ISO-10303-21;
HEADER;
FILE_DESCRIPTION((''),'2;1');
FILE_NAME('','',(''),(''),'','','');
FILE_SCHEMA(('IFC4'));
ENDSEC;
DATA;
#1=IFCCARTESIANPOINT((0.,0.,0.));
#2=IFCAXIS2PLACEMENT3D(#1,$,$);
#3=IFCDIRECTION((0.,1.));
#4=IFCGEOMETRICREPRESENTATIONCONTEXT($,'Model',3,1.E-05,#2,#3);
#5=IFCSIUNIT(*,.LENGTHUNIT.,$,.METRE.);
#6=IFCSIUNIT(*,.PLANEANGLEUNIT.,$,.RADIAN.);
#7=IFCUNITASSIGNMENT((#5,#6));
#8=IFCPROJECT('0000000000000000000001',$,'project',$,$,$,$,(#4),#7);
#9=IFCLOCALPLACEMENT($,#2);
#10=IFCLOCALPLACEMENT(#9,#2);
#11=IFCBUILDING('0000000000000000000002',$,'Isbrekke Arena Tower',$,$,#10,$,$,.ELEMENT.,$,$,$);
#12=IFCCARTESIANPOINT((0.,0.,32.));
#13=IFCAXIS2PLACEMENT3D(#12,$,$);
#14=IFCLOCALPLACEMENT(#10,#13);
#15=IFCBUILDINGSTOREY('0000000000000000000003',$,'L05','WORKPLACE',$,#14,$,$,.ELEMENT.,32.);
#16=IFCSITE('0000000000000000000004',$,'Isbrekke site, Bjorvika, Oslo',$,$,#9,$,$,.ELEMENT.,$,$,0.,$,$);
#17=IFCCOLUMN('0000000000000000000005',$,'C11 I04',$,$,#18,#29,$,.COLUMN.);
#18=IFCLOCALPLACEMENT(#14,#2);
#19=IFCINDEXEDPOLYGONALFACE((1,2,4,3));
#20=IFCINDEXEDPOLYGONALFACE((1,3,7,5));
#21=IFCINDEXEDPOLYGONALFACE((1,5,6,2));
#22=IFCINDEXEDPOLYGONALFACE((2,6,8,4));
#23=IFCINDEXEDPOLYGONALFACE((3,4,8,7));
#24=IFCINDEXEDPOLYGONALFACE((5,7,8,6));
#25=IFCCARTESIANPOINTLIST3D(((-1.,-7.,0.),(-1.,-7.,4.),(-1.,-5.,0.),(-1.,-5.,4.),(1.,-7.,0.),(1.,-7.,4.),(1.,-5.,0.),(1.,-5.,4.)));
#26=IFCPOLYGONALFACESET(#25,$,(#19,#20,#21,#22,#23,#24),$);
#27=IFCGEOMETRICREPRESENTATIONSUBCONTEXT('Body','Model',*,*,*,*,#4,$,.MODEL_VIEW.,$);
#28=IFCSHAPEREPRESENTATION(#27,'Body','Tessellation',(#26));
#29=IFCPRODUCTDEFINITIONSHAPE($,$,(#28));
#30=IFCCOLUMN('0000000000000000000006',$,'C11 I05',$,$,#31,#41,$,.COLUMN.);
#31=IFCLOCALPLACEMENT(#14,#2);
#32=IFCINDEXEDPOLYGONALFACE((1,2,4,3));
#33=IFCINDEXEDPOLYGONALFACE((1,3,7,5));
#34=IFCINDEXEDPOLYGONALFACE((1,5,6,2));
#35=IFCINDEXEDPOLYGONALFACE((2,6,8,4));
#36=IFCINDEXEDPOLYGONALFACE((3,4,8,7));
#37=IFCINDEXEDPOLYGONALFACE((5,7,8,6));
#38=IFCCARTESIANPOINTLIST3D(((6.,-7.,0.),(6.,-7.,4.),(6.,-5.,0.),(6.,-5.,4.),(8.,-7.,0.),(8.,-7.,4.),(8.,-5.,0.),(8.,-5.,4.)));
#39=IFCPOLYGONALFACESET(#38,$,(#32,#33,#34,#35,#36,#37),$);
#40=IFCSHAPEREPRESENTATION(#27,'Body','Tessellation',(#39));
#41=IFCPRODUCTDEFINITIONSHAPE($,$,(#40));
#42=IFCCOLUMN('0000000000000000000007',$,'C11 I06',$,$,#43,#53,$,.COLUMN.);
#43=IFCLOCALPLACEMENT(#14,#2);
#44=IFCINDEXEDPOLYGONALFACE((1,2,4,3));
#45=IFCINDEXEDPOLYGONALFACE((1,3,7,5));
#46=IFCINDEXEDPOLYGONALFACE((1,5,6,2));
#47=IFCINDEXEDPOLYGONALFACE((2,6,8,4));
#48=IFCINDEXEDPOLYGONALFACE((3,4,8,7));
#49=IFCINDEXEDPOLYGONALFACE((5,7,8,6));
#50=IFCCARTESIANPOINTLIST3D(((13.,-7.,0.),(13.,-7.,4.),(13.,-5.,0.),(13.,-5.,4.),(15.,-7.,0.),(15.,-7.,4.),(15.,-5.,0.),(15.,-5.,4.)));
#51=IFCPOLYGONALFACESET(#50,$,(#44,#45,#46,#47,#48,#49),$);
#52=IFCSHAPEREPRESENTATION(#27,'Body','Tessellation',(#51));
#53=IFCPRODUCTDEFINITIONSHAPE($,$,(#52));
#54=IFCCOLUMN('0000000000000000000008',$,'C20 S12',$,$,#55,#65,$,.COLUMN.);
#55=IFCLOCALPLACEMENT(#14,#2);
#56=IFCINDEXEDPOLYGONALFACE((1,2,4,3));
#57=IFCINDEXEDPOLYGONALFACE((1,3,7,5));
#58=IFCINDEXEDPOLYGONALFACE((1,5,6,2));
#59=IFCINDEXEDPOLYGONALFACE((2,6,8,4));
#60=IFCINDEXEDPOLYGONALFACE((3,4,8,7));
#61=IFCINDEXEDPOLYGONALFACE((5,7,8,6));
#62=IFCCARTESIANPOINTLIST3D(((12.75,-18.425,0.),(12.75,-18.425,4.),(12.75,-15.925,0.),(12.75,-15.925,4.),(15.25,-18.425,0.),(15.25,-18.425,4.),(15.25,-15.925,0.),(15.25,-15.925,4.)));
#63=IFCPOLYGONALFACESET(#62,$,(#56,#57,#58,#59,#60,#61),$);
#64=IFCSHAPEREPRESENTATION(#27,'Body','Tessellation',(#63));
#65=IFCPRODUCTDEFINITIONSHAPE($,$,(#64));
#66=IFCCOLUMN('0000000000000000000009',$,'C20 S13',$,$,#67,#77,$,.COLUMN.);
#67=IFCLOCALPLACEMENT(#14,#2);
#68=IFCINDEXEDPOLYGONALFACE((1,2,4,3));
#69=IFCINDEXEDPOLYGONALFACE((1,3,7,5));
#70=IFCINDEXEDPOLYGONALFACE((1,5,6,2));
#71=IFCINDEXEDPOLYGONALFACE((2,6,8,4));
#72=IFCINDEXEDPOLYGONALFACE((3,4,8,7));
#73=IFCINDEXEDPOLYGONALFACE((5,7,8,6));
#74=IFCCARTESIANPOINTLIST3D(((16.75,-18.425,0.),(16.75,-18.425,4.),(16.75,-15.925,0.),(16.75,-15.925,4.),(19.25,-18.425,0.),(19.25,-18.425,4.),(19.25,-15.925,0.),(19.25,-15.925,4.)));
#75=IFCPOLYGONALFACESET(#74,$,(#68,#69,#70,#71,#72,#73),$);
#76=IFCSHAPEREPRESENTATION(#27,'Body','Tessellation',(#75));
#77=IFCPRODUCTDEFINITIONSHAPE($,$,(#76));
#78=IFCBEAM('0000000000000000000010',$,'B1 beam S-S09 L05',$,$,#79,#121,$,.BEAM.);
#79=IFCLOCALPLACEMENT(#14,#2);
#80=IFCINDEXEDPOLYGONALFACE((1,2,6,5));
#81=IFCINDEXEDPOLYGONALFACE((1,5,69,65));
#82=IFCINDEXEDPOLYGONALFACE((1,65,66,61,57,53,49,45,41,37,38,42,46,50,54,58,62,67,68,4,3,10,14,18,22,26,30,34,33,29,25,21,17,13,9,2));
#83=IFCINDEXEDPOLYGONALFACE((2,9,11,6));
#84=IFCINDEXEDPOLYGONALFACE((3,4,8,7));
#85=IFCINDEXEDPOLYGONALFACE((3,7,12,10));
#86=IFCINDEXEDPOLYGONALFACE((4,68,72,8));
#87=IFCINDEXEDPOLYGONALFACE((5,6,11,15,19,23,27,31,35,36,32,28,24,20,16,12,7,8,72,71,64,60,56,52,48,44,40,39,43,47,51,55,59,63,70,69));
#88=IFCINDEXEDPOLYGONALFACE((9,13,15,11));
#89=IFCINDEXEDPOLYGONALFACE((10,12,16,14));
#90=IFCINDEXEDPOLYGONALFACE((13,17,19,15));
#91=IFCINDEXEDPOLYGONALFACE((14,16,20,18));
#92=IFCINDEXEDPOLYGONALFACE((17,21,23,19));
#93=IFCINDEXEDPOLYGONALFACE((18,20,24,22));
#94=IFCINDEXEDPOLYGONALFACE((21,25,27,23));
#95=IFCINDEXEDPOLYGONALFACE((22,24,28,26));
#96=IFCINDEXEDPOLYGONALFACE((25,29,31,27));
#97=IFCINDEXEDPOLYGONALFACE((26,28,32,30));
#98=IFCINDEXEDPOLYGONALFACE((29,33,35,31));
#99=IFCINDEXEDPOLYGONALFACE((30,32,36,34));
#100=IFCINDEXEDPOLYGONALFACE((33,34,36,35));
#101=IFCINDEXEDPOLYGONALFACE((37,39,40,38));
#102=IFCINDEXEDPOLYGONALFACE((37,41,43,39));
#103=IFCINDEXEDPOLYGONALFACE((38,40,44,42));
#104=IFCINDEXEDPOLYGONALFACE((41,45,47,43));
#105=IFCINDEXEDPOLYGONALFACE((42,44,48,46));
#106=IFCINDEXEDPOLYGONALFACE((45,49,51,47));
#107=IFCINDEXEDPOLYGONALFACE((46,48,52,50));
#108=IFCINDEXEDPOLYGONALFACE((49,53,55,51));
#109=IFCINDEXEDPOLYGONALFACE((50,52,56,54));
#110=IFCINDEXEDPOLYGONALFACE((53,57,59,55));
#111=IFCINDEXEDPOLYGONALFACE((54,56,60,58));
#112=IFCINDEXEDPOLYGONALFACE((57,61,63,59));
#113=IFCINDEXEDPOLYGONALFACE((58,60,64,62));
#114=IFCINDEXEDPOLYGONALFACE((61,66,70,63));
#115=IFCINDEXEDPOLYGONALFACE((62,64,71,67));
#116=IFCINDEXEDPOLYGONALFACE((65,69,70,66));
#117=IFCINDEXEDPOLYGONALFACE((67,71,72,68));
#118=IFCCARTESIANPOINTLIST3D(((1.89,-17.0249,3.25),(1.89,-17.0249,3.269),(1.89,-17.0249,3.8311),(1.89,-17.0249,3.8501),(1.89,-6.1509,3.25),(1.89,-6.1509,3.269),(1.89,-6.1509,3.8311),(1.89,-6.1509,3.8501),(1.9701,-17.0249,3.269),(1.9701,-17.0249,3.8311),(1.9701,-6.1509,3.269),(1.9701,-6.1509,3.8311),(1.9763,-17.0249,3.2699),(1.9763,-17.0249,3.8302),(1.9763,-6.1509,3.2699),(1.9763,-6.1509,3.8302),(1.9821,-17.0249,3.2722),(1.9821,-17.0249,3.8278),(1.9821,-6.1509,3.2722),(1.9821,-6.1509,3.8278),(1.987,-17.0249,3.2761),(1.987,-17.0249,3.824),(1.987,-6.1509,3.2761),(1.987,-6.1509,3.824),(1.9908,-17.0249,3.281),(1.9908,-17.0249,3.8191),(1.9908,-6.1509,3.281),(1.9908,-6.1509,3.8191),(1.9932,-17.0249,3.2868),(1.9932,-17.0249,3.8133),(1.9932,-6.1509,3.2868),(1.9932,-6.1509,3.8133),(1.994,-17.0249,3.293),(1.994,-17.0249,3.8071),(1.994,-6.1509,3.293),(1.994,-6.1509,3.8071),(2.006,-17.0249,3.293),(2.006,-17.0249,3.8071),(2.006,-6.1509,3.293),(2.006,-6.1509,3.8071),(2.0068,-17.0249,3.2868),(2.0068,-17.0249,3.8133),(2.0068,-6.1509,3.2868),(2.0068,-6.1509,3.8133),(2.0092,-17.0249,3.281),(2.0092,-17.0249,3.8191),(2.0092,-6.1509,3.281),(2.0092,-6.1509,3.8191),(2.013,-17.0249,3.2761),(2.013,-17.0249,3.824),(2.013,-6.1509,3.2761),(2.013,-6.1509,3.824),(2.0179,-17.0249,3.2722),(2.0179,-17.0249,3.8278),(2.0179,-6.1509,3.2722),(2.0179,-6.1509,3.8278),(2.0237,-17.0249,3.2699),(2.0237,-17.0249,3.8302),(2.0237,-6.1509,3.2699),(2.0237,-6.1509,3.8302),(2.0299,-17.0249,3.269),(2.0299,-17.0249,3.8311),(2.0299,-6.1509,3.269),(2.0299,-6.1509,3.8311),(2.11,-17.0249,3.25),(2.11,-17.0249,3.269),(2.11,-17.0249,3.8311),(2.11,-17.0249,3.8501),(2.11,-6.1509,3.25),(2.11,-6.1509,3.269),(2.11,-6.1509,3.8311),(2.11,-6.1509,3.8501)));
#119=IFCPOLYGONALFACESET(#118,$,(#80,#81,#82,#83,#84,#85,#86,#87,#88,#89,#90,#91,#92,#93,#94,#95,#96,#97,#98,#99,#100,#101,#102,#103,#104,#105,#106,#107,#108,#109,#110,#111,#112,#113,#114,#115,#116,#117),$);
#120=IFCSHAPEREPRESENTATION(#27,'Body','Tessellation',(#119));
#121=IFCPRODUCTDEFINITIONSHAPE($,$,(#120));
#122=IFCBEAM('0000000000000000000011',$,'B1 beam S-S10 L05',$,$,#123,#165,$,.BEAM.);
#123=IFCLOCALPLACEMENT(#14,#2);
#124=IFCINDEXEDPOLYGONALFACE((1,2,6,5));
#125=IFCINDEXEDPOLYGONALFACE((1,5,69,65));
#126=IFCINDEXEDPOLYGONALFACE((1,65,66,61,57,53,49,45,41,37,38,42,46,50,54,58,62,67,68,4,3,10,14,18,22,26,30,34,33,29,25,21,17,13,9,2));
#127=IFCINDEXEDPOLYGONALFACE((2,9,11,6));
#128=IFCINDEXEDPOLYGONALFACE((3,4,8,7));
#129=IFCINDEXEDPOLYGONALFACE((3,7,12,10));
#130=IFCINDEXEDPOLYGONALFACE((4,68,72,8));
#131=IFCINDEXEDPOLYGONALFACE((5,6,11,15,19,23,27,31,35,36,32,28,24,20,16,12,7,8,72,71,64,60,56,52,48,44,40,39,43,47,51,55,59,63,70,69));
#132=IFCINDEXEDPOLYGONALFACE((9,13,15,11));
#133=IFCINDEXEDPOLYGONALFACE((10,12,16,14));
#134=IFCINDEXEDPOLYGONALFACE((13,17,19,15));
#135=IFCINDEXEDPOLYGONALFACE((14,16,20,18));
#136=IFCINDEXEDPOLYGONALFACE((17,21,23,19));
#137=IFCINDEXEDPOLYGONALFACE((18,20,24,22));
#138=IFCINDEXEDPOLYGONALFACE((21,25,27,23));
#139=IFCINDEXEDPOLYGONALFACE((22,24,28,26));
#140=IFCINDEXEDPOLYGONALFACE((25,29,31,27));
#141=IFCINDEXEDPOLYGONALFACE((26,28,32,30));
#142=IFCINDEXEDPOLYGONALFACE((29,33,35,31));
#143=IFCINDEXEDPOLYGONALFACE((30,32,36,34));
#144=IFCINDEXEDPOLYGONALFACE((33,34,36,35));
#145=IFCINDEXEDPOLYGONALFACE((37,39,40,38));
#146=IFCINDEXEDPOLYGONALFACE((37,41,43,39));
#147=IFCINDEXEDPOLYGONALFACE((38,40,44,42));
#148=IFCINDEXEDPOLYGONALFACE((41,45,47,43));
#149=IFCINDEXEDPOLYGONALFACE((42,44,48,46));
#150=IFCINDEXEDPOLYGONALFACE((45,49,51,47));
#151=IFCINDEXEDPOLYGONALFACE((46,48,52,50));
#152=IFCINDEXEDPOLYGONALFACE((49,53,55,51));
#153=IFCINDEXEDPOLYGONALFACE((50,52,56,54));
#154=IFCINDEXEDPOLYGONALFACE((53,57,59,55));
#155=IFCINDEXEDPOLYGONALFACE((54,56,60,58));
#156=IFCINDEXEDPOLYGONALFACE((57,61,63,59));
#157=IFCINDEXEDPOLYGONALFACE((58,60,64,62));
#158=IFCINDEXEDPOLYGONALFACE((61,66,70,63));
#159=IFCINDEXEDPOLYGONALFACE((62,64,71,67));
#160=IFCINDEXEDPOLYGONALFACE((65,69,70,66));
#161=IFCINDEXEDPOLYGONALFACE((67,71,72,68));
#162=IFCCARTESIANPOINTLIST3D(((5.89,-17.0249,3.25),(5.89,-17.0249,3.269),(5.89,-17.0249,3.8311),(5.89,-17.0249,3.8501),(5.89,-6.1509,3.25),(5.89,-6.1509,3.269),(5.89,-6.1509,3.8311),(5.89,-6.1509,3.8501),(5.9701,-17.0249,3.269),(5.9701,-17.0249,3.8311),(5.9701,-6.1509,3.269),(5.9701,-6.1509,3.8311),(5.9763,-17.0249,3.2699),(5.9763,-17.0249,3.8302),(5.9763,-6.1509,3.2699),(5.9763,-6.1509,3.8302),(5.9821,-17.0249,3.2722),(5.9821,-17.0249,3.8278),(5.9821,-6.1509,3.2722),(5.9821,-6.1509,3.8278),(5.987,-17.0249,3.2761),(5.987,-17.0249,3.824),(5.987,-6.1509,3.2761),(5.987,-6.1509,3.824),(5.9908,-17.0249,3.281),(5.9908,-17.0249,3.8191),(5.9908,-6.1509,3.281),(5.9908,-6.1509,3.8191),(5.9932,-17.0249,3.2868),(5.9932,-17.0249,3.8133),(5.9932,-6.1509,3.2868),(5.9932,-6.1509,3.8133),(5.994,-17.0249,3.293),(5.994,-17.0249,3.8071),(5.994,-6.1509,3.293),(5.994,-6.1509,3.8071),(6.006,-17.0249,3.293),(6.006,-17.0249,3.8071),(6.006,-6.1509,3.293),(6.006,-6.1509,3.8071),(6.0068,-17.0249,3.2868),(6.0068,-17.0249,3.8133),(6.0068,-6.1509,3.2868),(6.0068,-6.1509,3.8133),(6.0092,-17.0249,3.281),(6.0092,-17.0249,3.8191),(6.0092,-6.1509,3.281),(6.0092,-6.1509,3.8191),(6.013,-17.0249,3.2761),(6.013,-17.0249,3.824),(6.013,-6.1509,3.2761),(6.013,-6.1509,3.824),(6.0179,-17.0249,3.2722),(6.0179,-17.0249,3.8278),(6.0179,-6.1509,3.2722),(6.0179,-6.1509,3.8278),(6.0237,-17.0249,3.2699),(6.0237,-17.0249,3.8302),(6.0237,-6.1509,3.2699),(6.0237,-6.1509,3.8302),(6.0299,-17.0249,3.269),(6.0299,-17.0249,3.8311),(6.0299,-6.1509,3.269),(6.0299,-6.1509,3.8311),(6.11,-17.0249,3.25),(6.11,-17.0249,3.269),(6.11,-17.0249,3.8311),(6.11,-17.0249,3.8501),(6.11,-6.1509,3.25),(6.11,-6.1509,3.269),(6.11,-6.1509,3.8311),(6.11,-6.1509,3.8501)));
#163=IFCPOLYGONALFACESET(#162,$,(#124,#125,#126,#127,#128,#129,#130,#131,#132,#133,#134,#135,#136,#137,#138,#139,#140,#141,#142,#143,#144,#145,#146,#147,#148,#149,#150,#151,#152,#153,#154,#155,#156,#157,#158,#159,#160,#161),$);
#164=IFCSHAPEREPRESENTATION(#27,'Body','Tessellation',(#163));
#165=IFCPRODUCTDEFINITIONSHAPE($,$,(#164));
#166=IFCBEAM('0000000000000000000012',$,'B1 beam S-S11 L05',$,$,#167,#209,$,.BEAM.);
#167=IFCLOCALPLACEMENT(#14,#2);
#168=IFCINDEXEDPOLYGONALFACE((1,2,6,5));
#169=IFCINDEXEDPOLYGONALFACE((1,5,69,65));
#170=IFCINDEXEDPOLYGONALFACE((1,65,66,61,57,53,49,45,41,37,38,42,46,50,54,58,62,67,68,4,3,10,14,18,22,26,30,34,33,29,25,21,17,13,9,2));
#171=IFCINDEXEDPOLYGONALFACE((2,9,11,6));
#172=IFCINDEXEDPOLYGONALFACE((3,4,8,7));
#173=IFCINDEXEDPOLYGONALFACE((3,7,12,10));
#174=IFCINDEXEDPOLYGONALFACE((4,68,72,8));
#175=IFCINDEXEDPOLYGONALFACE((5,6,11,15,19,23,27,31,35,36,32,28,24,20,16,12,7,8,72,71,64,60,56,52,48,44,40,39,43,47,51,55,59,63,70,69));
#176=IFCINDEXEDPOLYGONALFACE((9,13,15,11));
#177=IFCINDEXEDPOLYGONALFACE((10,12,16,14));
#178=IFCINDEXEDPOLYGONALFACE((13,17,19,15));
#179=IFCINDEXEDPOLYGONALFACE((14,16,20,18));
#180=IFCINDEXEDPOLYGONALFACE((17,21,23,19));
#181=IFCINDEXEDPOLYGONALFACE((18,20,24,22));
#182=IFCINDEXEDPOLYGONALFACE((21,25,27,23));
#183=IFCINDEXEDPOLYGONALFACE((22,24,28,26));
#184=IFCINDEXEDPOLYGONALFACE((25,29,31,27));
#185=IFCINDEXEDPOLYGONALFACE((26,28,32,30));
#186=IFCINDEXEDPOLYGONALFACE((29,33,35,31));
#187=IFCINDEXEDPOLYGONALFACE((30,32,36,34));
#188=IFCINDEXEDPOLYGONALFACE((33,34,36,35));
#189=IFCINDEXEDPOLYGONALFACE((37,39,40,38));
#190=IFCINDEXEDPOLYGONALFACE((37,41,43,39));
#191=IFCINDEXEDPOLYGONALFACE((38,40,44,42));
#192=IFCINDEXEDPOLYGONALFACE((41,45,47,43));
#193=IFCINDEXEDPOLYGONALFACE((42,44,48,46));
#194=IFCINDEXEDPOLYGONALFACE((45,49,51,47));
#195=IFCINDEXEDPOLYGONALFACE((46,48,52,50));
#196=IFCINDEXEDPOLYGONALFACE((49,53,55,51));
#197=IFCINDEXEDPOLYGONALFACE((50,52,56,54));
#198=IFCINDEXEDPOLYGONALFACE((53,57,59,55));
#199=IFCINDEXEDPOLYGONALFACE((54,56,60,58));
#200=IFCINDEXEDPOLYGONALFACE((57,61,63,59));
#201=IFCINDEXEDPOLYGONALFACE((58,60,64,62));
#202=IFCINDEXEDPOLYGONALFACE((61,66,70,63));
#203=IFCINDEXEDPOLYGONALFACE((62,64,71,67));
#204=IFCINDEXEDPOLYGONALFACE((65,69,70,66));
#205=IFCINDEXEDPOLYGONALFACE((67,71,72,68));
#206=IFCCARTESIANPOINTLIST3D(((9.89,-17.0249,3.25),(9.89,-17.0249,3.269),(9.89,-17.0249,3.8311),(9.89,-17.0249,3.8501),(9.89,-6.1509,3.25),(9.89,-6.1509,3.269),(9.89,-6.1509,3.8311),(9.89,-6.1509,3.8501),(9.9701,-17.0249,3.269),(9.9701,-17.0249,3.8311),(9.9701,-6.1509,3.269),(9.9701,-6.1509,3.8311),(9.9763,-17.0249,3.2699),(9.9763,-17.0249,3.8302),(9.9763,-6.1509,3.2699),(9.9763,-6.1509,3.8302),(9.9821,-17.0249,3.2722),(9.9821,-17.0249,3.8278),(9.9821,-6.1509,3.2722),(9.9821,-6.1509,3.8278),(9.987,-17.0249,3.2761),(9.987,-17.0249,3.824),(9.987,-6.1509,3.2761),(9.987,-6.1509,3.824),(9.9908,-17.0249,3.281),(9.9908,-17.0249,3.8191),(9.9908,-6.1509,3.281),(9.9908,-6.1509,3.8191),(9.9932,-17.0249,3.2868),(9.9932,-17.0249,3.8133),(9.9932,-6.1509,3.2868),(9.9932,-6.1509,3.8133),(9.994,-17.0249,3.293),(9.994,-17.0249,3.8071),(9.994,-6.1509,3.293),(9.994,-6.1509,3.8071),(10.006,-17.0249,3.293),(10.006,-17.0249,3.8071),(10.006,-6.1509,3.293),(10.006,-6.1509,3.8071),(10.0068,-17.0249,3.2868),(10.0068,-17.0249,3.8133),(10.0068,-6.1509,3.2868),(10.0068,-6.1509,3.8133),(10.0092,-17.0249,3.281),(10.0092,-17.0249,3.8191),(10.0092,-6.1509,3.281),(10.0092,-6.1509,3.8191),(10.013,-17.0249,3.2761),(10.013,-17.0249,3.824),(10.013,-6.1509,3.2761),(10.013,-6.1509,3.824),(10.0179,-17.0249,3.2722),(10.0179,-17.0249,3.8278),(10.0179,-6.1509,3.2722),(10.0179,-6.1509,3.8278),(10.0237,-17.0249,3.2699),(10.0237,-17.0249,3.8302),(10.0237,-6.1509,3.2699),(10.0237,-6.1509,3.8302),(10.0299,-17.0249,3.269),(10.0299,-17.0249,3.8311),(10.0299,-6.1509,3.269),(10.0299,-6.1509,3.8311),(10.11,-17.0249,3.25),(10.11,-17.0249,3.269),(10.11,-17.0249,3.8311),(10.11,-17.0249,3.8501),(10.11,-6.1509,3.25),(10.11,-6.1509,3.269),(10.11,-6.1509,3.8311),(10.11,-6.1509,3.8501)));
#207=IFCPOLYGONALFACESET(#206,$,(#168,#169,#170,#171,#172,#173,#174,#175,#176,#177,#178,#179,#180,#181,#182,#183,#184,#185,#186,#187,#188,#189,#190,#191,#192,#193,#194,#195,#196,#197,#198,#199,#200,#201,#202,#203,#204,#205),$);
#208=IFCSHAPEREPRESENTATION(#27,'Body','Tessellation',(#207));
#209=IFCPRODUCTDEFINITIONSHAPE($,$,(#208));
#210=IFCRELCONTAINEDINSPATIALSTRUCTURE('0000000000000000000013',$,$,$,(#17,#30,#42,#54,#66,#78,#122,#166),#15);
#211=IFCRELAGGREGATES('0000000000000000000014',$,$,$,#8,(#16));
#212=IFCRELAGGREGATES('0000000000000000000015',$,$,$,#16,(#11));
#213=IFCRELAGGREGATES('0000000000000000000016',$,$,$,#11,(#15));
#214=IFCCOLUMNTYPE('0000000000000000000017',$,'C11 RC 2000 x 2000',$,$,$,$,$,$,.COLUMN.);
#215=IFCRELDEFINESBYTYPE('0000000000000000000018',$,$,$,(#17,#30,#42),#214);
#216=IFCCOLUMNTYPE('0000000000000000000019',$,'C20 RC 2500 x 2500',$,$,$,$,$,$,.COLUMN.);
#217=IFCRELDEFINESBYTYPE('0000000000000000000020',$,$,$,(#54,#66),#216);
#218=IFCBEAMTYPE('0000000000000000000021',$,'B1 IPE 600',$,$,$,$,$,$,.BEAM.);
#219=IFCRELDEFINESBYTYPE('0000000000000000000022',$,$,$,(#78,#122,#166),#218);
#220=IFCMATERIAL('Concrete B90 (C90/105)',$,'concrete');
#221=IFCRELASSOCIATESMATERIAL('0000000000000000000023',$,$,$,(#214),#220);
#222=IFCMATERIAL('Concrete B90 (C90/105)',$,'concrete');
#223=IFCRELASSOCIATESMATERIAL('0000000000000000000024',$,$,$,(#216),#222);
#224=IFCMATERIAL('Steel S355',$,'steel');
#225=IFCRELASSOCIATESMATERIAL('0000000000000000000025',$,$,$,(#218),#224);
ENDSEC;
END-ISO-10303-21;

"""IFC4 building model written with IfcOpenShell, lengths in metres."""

from ifc_helpers import new_model, si_unit, direction, frame, origin, origin_2d, place, context, subcontext, project, spatial, rectangle, i_section, extrude, material, material_profile, profile_set, type_object, element, save


model = new_model("IFC4")

# Units and contexts
model_context = context("Model", 3, precision=1e-05, world=origin(), true_north=direction((0.0, 1.0)))
body_context = subcontext(model_context, "Body", "Model", "MODEL_VIEW")
ifc_project = project(units=[si_unit("LENGTHUNIT", "METRE"), si_unit("PLANEANGLEUNIT", "RADIAN")], contexts=[model_context])

# Site, building, storey
site_placement = place(None, origin())
site = spatial("IfcSite", under=ifc_project, at=site_placement, Name="Isbrekke site, Bjorvika, Oslo", CompositionType="ELEMENT", RefElevation=0.0)
building_placement = place(site_placement, origin())
building = spatial("IfcBuilding", under=site, at=building_placement, Name="Isbrekke Arena Tower", CompositionType="ELEMENT")
storey_placement = place(building_placement, frame((0.0, 0.0, 32.0)))
storey = spatial("IfcBuildingStorey", under=building, at=storey_placement, Name="L05", Description="WORKPLACE", CompositionType="ELEMENT", Elevation=32.0)

# Columns
ifc_material_1 = material(Name="Concrete B90 (C90/105)", Category="concrete")
ifc_material_profile_1 = material_profile(ifc_material_1, rectangle(XDim=2.0, YDim=2.0, at=origin_2d()), Name="RC 2000x2000")
ifc_profile_set_1 = profile_set([ifc_material_profile_1], Name="Concrete B90 (C90/105)")
column_type_1 = type_object("IfcColumnType", Name="C11 RC 2000 x 2000", PredefinedType="COLUMN", material=ifc_profile_set_1)
for number, where, z_axis, x_axis, name in (
    (1, (0.0, -6.0, 0.0), (0.0, 0.0, 1.0), (1.0, 0.0, 0.0), "C11 I04"),
    (2, (7.0, -6.0, 0.0), (0.0, 0.0, 1.0), (1.0, 0.0, 0.0), "C11 I05"),
    (3, (14.0, -6.0, 0.0), (0.0, 0.0, 1.0), (1.0, 0.0, 0.0), "C11 I06"),
):
    element("IfcColumn", number, at=place(storey_placement, frame(where, z_axis=z_axis, x_axis=x_axis)), inside=storey, type_object=column_type_1, Name=name, PredefinedType="COLUMN", context=body_context, shape_type="SweptSolid", body=[
        extrude(rectangle(XDim=2.0, YDim=2.0, at=origin_2d()), origin(), (0.0, 0.0, 1.0), 4.0),
    ])
ifc_material_2 = material(Name="Concrete B90 (C90/105)", Category="concrete")
ifc_material_profile_2 = material_profile(ifc_material_2, rectangle(XDim=2.5, YDim=2.5, at=origin_2d()), Name="RC 2500x2500")
ifc_profile_set_2 = profile_set([ifc_material_profile_2], Name="Concrete B90 (C90/105)")
column_type_2 = type_object("IfcColumnType", Name="C20 RC 2500 x 2500", PredefinedType="COLUMN", material=ifc_profile_set_2)
for number, where, z_axis, x_axis, name in (
    (4, (14.0, -17.175, 0.0), (0.0, 0.0, 1.0), (1.0, 0.0, 0.0), "C20 S12"),
    (5, (18.0, -17.175, 0.0), (0.0, 0.0, 1.0), (1.0, 0.0, 0.0), "C20 S13"),
):
    element("IfcColumn", number, at=place(storey_placement, frame(where, z_axis=z_axis, x_axis=x_axis)), inside=storey, type_object=column_type_2, Name=name, PredefinedType="COLUMN", context=body_context, shape_type="SweptSolid", body=[
        extrude(rectangle(XDim=2.5, YDim=2.5, at=origin_2d()), origin(), (0.0, 0.0, 1.0), 4.0),
    ])

# Beams
ifc_material_3 = material(Name="Steel S355", Category="steel")
ifc_material_profile_3 = material_profile(ifc_material_3, i_section(OverallWidth=0.22, OverallDepth=0.6001, WebThickness=0.012, FlangeThickness=0.019, FilletRadius=0.0239, at=origin_2d()), Name="IPE 600")
ifc_profile_set_3 = profile_set([ifc_material_profile_3], Name="Steel S355")
beam_type_1 = type_object("IfcBeamType", Name="B1 IPE 600", PredefinedType="BEAM", material=ifc_profile_set_3)
for number, where, z_axis, x_axis, name in (
    (6, (2.0, -17.0249, 3.55), (0.0, 1.0, 0.0), (-1.0, 0.0, 0.0), "B1 beam S-S09 L05"),
    (7, (6.0, -17.0249, 3.55), (0.0, 1.0, 0.0), (-1.0, 0.0, 0.0), "B1 beam S-S10 L05"),
    (8, (10.0, -17.0249, 3.55), (0.0, 1.0, 0.0), (-1.0, 0.0, 0.0), "B1 beam S-S11 L05"),
):
    element("IfcBeam", number, at=place(storey_placement, frame(where, z_axis=z_axis, x_axis=x_axis)), inside=storey, type_object=beam_type_1, Name=name, PredefinedType="BEAM", context=body_context, shape_type="SweptSolid", body=[
        extrude(i_section(OverallWidth=0.22, OverallDepth=0.6001, WebThickness=0.012, FlangeThickness=0.019, FilletRadius=0.0239, at=origin_2d()), origin(), (0.0, 0.0, 1.0), 10.874),
    ])

save(model, "model.ifc")
